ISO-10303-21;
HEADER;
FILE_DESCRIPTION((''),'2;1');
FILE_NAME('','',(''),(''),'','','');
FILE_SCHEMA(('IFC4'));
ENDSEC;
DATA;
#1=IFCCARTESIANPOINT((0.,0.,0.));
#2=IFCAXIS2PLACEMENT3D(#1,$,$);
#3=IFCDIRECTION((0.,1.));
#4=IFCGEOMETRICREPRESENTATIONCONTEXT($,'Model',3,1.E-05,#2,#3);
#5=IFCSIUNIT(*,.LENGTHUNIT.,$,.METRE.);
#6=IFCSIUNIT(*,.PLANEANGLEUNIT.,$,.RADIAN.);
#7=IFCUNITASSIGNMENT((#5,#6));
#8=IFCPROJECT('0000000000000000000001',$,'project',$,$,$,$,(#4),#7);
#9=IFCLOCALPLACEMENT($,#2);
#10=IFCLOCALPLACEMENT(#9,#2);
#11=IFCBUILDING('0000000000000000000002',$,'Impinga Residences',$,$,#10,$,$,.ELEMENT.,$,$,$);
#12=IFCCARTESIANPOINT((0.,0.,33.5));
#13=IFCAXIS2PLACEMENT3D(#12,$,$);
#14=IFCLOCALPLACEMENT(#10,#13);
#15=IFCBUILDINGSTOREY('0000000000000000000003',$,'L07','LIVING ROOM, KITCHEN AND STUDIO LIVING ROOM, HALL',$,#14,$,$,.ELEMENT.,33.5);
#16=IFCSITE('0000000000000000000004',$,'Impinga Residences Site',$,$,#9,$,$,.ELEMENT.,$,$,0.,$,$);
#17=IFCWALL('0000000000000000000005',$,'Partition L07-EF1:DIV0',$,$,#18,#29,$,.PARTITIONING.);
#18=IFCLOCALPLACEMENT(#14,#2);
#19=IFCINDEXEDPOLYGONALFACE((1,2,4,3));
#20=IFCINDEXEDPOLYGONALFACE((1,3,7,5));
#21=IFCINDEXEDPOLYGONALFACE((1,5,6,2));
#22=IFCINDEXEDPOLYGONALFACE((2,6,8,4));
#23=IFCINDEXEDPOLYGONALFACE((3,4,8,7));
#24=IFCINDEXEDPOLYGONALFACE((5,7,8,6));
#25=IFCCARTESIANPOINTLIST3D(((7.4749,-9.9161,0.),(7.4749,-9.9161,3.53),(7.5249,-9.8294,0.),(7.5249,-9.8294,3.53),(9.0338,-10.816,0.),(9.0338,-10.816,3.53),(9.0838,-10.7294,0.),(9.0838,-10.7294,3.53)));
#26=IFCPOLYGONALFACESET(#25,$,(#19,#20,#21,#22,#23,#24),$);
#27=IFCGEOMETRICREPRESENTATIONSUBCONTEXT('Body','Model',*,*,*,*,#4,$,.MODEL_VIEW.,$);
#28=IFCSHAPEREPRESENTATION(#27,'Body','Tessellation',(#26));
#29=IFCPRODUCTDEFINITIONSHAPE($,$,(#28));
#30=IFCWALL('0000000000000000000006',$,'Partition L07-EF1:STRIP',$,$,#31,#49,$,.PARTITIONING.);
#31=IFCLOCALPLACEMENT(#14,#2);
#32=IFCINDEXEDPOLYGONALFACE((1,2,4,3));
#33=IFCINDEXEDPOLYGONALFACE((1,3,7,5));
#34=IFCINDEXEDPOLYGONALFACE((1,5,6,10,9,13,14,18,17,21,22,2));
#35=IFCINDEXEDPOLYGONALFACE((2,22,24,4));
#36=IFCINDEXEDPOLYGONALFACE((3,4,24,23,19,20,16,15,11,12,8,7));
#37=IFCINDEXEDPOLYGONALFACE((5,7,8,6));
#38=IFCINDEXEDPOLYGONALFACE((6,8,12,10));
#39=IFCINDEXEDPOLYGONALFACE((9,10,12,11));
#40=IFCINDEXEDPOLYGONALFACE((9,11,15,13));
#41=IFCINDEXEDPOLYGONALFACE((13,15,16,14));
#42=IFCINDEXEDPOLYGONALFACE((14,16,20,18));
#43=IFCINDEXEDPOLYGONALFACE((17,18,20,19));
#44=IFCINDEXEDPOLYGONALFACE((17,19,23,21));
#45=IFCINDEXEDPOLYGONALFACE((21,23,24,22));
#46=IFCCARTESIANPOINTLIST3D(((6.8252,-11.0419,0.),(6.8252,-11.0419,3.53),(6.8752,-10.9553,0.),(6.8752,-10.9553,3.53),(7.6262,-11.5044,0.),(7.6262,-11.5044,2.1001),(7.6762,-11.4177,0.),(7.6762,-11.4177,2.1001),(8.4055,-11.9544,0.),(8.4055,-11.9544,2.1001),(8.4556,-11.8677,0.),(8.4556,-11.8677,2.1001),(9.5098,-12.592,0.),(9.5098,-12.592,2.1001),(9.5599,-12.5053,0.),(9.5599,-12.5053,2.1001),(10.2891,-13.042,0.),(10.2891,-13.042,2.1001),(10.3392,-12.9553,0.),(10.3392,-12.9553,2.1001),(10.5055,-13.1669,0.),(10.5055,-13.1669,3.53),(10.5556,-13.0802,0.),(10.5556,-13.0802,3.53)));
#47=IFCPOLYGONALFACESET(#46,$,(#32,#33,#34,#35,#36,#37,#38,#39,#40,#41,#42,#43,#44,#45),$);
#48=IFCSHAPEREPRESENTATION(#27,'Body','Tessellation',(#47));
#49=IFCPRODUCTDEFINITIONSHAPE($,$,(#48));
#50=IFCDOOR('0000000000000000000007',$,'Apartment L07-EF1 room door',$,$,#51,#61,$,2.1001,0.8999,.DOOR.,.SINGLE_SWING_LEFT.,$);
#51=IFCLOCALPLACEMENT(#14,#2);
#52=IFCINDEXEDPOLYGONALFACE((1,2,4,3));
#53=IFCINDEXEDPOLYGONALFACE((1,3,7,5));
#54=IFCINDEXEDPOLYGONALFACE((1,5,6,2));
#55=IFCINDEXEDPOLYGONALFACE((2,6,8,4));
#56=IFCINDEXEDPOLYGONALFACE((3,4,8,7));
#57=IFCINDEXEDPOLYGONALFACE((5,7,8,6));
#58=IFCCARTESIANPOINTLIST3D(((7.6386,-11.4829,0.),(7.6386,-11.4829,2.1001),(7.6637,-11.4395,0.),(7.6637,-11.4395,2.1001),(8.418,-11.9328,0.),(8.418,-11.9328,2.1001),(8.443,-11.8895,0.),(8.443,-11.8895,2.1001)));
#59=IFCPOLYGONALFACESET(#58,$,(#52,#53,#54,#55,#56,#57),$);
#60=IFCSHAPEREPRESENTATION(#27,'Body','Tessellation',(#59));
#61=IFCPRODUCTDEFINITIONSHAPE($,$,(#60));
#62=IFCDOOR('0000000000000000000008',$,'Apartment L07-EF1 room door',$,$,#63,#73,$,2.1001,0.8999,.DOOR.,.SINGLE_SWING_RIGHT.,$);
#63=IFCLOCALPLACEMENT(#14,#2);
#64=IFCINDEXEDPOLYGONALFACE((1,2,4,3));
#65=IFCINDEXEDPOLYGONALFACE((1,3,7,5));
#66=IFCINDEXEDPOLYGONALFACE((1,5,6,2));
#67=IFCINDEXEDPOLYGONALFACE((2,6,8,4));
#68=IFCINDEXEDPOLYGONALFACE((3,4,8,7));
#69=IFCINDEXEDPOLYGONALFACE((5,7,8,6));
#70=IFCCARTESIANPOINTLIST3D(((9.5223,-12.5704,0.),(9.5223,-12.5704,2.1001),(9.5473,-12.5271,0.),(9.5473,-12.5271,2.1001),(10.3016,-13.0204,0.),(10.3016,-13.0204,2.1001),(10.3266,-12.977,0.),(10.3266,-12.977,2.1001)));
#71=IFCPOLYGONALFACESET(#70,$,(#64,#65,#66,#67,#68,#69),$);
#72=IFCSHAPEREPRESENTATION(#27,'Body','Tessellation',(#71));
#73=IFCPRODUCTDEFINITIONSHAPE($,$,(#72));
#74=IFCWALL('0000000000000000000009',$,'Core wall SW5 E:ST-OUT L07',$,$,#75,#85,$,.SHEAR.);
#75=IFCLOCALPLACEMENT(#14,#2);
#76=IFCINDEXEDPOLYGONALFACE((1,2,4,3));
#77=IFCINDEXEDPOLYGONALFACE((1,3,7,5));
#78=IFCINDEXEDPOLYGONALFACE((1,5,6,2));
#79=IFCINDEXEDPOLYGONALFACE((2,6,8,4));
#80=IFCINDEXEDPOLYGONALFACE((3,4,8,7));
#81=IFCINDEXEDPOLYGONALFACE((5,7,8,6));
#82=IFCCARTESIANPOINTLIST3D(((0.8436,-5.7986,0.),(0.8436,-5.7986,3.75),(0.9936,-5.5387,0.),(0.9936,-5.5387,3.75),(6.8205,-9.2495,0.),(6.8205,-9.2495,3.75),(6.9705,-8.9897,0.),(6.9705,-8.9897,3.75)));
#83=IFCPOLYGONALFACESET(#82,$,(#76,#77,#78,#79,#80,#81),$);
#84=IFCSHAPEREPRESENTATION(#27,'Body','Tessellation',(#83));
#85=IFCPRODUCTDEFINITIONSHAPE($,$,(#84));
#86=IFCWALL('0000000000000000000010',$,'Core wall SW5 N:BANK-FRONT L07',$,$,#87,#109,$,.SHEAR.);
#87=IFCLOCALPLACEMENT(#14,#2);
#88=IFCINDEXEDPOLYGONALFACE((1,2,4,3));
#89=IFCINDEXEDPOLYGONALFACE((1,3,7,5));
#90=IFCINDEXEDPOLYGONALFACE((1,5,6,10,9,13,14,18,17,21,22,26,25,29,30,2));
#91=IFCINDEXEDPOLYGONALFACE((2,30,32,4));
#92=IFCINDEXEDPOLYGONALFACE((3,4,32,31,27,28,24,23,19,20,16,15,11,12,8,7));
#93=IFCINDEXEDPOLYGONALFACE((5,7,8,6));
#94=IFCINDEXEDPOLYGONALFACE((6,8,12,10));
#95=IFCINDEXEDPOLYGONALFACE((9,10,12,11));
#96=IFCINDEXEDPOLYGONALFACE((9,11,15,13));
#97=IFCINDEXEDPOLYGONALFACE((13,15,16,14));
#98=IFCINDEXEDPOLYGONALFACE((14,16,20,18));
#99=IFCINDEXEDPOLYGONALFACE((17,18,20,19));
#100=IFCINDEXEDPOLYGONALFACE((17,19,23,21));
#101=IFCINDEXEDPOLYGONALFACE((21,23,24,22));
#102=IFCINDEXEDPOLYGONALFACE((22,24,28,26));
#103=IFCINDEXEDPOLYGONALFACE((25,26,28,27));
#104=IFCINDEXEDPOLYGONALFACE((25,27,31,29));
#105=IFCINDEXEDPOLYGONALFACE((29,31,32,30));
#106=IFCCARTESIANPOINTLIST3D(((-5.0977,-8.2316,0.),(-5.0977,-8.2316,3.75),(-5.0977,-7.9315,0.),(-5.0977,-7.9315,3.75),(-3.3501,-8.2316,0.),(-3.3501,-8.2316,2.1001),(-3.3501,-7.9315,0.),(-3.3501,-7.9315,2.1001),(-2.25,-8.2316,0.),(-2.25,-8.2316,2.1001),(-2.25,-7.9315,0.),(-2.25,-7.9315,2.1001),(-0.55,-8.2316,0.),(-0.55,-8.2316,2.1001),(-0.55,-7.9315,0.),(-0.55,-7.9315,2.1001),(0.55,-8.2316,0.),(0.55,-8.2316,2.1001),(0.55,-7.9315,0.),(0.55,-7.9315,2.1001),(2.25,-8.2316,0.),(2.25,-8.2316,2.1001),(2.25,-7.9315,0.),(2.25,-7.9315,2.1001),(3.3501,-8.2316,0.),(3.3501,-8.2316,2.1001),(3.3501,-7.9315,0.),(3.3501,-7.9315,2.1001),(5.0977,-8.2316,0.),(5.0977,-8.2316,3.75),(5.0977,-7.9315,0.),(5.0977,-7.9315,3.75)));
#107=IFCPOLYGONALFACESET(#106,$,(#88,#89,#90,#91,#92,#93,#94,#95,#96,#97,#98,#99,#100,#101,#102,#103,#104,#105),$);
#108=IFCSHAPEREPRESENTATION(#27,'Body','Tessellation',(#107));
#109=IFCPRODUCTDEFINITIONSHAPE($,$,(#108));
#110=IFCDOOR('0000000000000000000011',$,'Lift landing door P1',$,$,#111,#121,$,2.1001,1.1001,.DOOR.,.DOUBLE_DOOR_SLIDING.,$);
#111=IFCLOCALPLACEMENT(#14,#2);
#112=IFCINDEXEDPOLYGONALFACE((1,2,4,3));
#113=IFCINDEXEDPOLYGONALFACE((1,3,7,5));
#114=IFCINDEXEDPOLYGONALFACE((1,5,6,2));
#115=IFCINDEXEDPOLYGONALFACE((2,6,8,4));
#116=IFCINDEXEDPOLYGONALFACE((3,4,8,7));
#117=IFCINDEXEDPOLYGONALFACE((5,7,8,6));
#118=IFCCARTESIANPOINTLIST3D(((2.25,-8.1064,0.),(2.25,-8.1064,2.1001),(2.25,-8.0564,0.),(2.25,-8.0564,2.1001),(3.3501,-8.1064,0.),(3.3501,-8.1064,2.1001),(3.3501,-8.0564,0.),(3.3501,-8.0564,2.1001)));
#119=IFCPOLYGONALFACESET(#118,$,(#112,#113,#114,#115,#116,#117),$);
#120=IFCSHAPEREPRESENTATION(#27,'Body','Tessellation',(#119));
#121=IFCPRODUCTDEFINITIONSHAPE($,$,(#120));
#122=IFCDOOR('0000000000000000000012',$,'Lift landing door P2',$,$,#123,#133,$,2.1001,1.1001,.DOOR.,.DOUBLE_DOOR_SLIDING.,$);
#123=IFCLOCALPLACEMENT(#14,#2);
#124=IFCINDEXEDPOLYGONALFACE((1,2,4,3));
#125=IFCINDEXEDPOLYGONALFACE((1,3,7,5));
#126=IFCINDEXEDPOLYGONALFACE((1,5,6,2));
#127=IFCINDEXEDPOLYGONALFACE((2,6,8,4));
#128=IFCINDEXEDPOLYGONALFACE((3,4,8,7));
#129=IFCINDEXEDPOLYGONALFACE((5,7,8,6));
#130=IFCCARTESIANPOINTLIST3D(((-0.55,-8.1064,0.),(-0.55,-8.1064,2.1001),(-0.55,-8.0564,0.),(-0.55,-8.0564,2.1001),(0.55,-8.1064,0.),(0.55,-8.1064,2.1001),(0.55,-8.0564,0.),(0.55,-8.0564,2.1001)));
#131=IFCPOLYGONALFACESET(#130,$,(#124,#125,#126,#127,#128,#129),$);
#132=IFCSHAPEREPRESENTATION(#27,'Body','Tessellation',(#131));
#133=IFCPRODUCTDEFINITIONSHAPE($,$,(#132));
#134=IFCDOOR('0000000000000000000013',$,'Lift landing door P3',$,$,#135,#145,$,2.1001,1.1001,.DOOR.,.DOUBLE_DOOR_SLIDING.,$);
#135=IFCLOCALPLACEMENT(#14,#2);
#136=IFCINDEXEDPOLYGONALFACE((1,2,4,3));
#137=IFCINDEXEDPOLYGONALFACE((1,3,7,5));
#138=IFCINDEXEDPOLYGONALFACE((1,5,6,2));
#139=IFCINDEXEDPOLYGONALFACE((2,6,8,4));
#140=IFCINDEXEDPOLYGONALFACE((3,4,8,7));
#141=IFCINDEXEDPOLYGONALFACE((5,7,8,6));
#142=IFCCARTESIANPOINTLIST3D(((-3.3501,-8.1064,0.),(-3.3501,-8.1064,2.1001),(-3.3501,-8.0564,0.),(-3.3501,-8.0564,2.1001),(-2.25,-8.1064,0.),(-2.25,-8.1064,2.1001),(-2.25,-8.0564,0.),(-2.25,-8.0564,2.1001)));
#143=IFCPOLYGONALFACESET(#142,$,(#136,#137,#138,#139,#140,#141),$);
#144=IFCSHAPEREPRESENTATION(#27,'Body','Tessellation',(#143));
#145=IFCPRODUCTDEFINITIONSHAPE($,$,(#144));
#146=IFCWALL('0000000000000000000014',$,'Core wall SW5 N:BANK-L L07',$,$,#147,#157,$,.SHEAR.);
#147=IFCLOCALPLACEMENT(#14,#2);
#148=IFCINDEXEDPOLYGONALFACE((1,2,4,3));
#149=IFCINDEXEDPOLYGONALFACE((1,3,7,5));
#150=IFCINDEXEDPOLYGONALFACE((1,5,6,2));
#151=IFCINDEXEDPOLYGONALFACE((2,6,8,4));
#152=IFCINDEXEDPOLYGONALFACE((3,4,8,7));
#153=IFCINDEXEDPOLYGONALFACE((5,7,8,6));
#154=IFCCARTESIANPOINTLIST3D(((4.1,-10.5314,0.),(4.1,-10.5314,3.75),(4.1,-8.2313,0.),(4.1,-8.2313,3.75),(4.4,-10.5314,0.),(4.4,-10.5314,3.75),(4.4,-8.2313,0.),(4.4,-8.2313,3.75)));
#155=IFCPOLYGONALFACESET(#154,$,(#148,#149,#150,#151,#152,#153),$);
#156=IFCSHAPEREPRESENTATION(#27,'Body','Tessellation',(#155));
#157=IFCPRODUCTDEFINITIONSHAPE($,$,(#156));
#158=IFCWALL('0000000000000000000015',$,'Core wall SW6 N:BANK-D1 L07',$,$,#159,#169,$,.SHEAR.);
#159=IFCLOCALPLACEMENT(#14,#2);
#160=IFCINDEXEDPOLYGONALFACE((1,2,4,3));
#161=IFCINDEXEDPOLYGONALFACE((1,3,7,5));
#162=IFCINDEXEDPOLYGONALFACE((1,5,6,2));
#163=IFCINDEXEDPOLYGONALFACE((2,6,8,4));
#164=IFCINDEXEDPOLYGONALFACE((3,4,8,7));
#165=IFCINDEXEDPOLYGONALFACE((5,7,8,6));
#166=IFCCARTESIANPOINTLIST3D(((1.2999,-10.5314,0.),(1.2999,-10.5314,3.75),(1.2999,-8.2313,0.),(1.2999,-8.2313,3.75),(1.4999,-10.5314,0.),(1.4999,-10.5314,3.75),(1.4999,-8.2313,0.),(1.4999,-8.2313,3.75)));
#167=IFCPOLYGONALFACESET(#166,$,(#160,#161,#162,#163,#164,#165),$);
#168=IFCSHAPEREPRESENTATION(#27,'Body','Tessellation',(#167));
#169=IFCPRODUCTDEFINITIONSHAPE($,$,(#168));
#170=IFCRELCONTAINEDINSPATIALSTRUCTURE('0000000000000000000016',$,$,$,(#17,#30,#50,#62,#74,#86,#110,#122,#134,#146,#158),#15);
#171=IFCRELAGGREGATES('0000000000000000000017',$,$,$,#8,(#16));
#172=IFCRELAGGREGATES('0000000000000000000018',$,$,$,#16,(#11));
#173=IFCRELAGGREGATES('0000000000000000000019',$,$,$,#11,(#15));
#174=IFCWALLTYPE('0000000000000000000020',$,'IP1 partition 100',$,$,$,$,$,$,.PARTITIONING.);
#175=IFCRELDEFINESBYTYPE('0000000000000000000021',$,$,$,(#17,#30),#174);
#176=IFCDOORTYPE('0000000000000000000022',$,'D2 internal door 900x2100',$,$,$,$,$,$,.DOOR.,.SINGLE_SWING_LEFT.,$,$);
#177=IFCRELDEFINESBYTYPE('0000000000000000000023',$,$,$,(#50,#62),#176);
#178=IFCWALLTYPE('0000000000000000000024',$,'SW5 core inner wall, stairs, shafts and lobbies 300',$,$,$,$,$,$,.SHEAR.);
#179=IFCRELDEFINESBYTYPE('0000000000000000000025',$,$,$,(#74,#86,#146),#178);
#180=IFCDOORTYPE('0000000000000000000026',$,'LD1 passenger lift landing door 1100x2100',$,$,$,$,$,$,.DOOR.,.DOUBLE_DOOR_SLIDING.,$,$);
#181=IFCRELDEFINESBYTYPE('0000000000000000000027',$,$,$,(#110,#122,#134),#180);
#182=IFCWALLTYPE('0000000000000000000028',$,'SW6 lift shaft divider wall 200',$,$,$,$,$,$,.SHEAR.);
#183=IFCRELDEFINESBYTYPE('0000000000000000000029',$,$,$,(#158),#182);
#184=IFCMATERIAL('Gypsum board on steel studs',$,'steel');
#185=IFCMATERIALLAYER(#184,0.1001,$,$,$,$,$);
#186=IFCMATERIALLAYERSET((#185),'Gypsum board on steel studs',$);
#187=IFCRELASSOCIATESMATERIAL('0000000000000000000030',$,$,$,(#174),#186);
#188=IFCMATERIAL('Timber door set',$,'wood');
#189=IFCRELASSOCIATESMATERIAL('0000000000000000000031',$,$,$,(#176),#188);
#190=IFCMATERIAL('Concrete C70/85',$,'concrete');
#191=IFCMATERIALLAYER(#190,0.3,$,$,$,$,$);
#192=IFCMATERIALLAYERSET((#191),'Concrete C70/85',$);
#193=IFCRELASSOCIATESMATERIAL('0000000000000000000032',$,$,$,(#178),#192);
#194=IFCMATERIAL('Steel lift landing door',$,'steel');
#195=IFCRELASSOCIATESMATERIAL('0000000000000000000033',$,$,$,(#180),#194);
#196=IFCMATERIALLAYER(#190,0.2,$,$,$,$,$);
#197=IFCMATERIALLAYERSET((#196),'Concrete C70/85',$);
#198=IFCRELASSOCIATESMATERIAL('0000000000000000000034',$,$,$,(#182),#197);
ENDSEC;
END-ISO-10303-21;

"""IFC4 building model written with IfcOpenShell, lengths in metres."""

from ifc_helpers import new_model, si_unit, direction, frame, frame_2d, origin, place, context, subcontext, project, spatial, rectangle, extrude, material, layer, layer_set, type_object, element, fill, save


model = new_model("IFC4")

# Units and contexts
model_context = context("Model", 3, precision=1e-05, world=origin(), true_north=direction((0.0, 1.0)))
body_context = subcontext(model_context, "Body", "Model", "MODEL_VIEW")
ifc_project = project(units=[si_unit("LENGTHUNIT", "METRE"), si_unit("PLANEANGLEUNIT", "RADIAN")], contexts=[model_context])

# Site, building, storey
site_placement = place(None, origin())
site = spatial("IfcSite", under=ifc_project, at=site_placement, Name="Impinga Residences Site", CompositionType="ELEMENT", RefElevation=0.0)
building_placement = place(site_placement, origin())
building = spatial("IfcBuilding", under=site, at=building_placement, Name="Impinga Residences", CompositionType="ELEMENT")
storey_placement = place(building_placement, frame((0.0, 0.0, 33.5)))
storey = spatial("IfcBuildingStorey", under=building, at=storey_placement, Name="L07", Description="LIVING ROOM, KITCHEN AND STUDIO LIVING ROOM, HALL", CompositionType="ELEMENT", Elevation=33.5)

# Shared definitions
ifc_material_1 = material(Name="Concrete C70/85", Category="concrete")

# Shared definitions
ifc_material_2 = material(Name="Timber door set", Category="wood")

# Wall
ifc_material_3 = material(Name="Gypsum board on steel studs", Category="steel")
ifc_layer_1 = layer(ifc_material_3, 0.1001)
ifc_layer_set_1 = layer_set([ifc_layer_1], Name="Gypsum board on steel studs")
wall_type_1 = type_object("IfcWallType", Name="IP1 partition 100", PredefinedType="PARTITIONING", material=ifc_layer_set_1)
wall_1_placement = place(storey_placement, frame((7.5, -9.8728, 0.0), z_axis=(0.0, 0.0, 1.0), x_axis=(0.866048, -0.499961, 0.0)))
element("IfcWall", 1, at=wall_1_placement, inside=storey, type_object=wall_type_1, Name="Partition L07-EF1:DIV0", PredefinedType="PARTITIONING", context=body_context, shape_type="SweptSolid", body=[
    extrude(rectangle(XDim=1.8, YDim=0.1001, at=frame_2d((0.8999, 0.0))), origin(), (0.0, 0.0, 1.0), 3.53),
])

# Wall, openings, doors
wall_2_placement = place(storey_placement, frame((6.8501, -10.9985, 0.0), z_axis=(0.0, 0.0, 1.0), x_axis=(0.866014, -0.500019, 0.0)))
wall_2 = element("IfcWall", 2, at=wall_2_placement, inside=storey, type_object=wall_type_1, Name="Partition L07-EF1:STRIP", PredefinedType="PARTITIONING", context=body_context, shape_type="SweptSolid", body=[
    extrude(rectangle(XDim=4.2498, YDim=0.1001, at=frame_2d((2.125, 0.0))), origin(), (0.0, 0.0, 1.0), 3.53),
])
opening_1_placement = place(wall_2_placement, frame((0.925, 0.0, 0.0)))
opening_1 = element("IfcOpeningElement", 3, at=opening_1_placement, cuts=wall_2, PredefinedType="OPENING", context=body_context, shape_type="SweptSolid", body=[
    extrude(rectangle(XDim=0.8999, YDim=2.1001, at=frame_2d((0.45, 1.05))), frame((0.0, 0.0601, 0.0), z_axis=(0.0, -1.0, 0.0), x_axis=(1.0, 0.0, 0.0)), (0.0, 0.0, 1.0), 0.1201),
])
opening_2_placement = place(wall_2_placement, frame((3.1001, 0.0, 0.0)))
opening_2 = element("IfcOpeningElement", 4, at=opening_2_placement, cuts=wall_2, PredefinedType="OPENING", context=body_context, shape_type="SweptSolid", body=[
    extrude(rectangle(XDim=0.8999, YDim=2.1001, at=frame_2d((0.45, 1.05))), frame((0.0, 0.0601, 0.0), z_axis=(0.0, -1.0, 0.0), x_axis=(1.0, 0.0, 0.0)), (0.0, 0.0, 1.0), 0.1201),
])
door_type_1 = type_object("IfcDoorType", Name="D2 internal door 900x2100", OperationType="SINGLE_SWING_LEFT", PredefinedType="DOOR", material=ifc_material_2)
door_1_placement = place(opening_1_placement, origin())
door_1 = element("IfcDoor", 5, at=door_1_placement, inside=storey, type_object=door_type_1, Name="Apartment L07-EF1 room door", OperationType="SINGLE_SWING_LEFT", OverallHeight=2.1001, OverallWidth=0.8999, PredefinedType="DOOR", context=body_context, shape_type="SweptSolid", body=[
    extrude(rectangle(XDim=0.8999, YDim=2.1001, at=frame_2d((0.45, 1.05))), frame((0.0, 0.0249, 0.0), z_axis=(0.0, -1.0, 0.0), x_axis=(1.0, 0.0, 0.0)), (0.0, 0.0, 1.0), 0.05),
])
fill(opening_1, door_1)
door_2_placement = place(opening_2_placement, origin())
door_2 = element("IfcDoor", 6, at=door_2_placement, inside=storey, type_object=door_type_1, Name="Apartment L07-EF1 room door", OperationType="SINGLE_SWING_RIGHT", OverallHeight=2.1001, OverallWidth=0.8999, PredefinedType="DOOR", context=body_context, shape_type="SweptSolid", body=[
    extrude(rectangle(XDim=0.8999, YDim=2.1001, at=frame_2d((0.45, 1.05))), frame((0.0, 0.0249, 0.0), z_axis=(0.0, -1.0, 0.0), x_axis=(1.0, 0.0, 0.0)), (0.0, 0.0, 1.0), 0.05),
])
fill(opening_2, door_2)

# Wall
ifc_layer_2 = layer(ifc_material_1, 0.3)
ifc_layer_set_2 = layer_set([ifc_layer_2], Name="Concrete C70/85")
wall_type_2 = type_object("IfcWallType", Name="SW5 core inner wall, stairs, shafts and lobbies 300", PredefinedType="SHEAR", material=ifc_layer_set_2)
wall_3_placement = place(storey_placement, frame((0.9187, -5.6687, 0.0), z_axis=(0.0, 0.0, 1.0), x_axis=(0.866012, -0.500024, 0.0)))
element("IfcWall", 7, at=wall_3_placement, inside=storey, type_object=wall_type_2, Name="Core wall SW5 E:ST-OUT L07", PredefinedType="SHEAR", context=body_context, shape_type="SweptSolid", body=[
    extrude(rectangle(XDim=6.9016, YDim=0.3, at=frame_2d((3.4507, 0.0))), origin(), (0.0, 0.0, 1.0), 3.75),
])

# Wall, openings, doors
wall_4_placement = place(storey_placement, frame((5.0977, -8.0815, 0.0), z_axis=(0.0, 0.0, 1.0), x_axis=(-1.0, 0.0, 0.0)))
wall_4 = element("IfcWall", 8, at=wall_4_placement, inside=storey, type_object=wall_type_2, Name="Core wall SW5 N:BANK-FRONT L07", PredefinedType="SHEAR", context=body_context, shape_type="SweptSolid", body=[
    extrude(rectangle(XDim=10.1953, YDim=0.3, at=frame_2d((5.0977, 0.0))), origin(), (0.0, 0.0, 1.0), 3.75),
])
opening_3_placement = place(wall_4_placement, frame((1.7476, 0.0, 0.0)))
opening_3 = element("IfcOpeningElement", 9, at=opening_3_placement, cuts=wall_4, PredefinedType="OPENING", context=body_context, shape_type="SweptSolid", body=[
    extrude(rectangle(XDim=1.1001, YDim=2.1001, at=frame_2d((0.55, 1.05))), frame((0.0, 0.1599, 0.0), z_axis=(0.0, -1.0, 0.0), x_axis=(1.0, 0.0, 0.0)), (0.0, 0.0, 1.0), 0.3201),
])
opening_4_placement = place(wall_4_placement, frame((4.5476, 0.0, 0.0)))
opening_4 = element("IfcOpeningElement", 10, at=opening_4_placement, cuts=wall_4, PredefinedType="OPENING", context=body_context, shape_type="SweptSolid", body=[
    extrude(rectangle(XDim=1.1001, YDim=2.1001, at=frame_2d((0.55, 1.05))), frame((0.0, 0.1599, 0.0), z_axis=(0.0, -1.0, 0.0), x_axis=(1.0, 0.0, 0.0)), (0.0, 0.0, 1.0), 0.3201),
])
opening_5_placement = place(wall_4_placement, frame((7.3477, 0.0, 0.0)))
opening_5 = element("IfcOpeningElement", 11, at=opening_5_placement, cuts=wall_4, PredefinedType="OPENING", context=body_context, shape_type="SweptSolid", body=[
    extrude(rectangle(XDim=1.1001, YDim=2.1001, at=frame_2d((0.55, 1.05))), frame((0.0, 0.1599, 0.0), z_axis=(0.0, -1.0, 0.0), x_axis=(1.0, 0.0, 0.0)), (0.0, 0.0, 1.0), 0.3201),
])
ifc_material_4 = material(Name="Steel lift landing door", Category="steel")
door_type_2 = type_object("IfcDoorType", Name="LD1 passenger lift landing door 1100x2100", OperationType="DOUBLE_DOOR_SLIDING", PredefinedType="DOOR", material=ifc_material_4)
door_3_placement = place(opening_3_placement, origin())
door_3 = element("IfcDoor", 12, at=door_3_placement, inside=storey, type_object=door_type_2, Name="Lift landing door P1", OperationType="DOUBLE_DOOR_SLIDING", OverallHeight=2.1001, OverallWidth=1.1001, PredefinedType="DOOR", context=body_context, shape_type="SweptSolid", body=[
    extrude(rectangle(XDim=1.1001, YDim=2.1001, at=frame_2d((0.55, 1.05))), frame((0.0, 0.0249, 0.0), z_axis=(0.0, -1.0, 0.0), x_axis=(1.0, 0.0, 0.0)), (0.0, 0.0, 1.0), 0.05),
])
fill(opening_3, door_3)
door_4_placement = place(opening_4_placement, origin())
door_4 = element("IfcDoor", 13, at=door_4_placement, inside=storey, type_object=door_type_2, Name="Lift landing door P2", OperationType="DOUBLE_DOOR_SLIDING", OverallHeight=2.1001, OverallWidth=1.1001, PredefinedType="DOOR", context=body_context, shape_type="SweptSolid", body=[
    extrude(rectangle(XDim=1.1001, YDim=2.1001, at=frame_2d((0.55, 1.05))), frame((0.0, 0.0249, 0.0), z_axis=(0.0, -1.0, 0.0), x_axis=(1.0, 0.0, 0.0)), (0.0, 0.0, 1.0), 0.05),
])
fill(opening_4, door_4)
door_5_placement = place(opening_5_placement, origin())
door_5 = element("IfcDoor", 14, at=door_5_placement, inside=storey, type_object=door_type_2, Name="Lift landing door P3", OperationType="DOUBLE_DOOR_SLIDING", OverallHeight=2.1001, OverallWidth=1.1001, PredefinedType="DOOR", context=body_context, shape_type="SweptSolid", body=[
    extrude(rectangle(XDim=1.1001, YDim=2.1001, at=frame_2d((0.55, 1.05))), frame((0.0, 0.0249, 0.0), z_axis=(0.0, -1.0, 0.0), x_axis=(1.0, 0.0, 0.0)), (0.0, 0.0, 1.0), 0.05),
])
fill(opening_5, door_5)

# Walls
wall_5_placement = place(storey_placement, frame((4.25, -8.2314, 0.0), z_axis=(0.0, 0.0, 1.0), x_axis=(0.0, -1.0, 0.0)))
element("IfcWall", 15, at=wall_5_placement, inside=storey, type_object=wall_type_2, Name="Core wall SW5 N:BANK-L L07", PredefinedType="SHEAR", context=body_context, shape_type="SweptSolid", body=[
    extrude(rectangle(XDim=2.3, YDim=0.3, at=frame_2d((1.1499, 0.0))), origin(), (0.0, 0.0, 1.0), 3.75),
])
ifc_layer_3 = layer(ifc_material_1, 0.2)
ifc_layer_set_3 = layer_set([ifc_layer_3], Name="Concrete C70/85")
wall_type_3 = type_object("IfcWallType", Name="SW6 lift shaft divider wall 200", PredefinedType="SHEAR", material=ifc_layer_set_3)
wall_6_placement = place(storey_placement, frame((1.3999, -8.2314, 0.0), z_axis=(0.0, 0.0, 1.0), x_axis=(0.0, -1.0, 0.0)))
element("IfcWall", 16, at=wall_6_placement, inside=storey, type_object=wall_type_3, Name="Core wall SW6 N:BANK-D1 L07", PredefinedType="SHEAR", context=body_context, shape_type="SweptSolid", body=[
    extrude(rectangle(XDim=2.3, YDim=0.2, at=frame_2d((1.1499, 0.0))), origin(), (0.0, 0.0, 1.0), 3.75),
])

save(model, "model.ifc")
